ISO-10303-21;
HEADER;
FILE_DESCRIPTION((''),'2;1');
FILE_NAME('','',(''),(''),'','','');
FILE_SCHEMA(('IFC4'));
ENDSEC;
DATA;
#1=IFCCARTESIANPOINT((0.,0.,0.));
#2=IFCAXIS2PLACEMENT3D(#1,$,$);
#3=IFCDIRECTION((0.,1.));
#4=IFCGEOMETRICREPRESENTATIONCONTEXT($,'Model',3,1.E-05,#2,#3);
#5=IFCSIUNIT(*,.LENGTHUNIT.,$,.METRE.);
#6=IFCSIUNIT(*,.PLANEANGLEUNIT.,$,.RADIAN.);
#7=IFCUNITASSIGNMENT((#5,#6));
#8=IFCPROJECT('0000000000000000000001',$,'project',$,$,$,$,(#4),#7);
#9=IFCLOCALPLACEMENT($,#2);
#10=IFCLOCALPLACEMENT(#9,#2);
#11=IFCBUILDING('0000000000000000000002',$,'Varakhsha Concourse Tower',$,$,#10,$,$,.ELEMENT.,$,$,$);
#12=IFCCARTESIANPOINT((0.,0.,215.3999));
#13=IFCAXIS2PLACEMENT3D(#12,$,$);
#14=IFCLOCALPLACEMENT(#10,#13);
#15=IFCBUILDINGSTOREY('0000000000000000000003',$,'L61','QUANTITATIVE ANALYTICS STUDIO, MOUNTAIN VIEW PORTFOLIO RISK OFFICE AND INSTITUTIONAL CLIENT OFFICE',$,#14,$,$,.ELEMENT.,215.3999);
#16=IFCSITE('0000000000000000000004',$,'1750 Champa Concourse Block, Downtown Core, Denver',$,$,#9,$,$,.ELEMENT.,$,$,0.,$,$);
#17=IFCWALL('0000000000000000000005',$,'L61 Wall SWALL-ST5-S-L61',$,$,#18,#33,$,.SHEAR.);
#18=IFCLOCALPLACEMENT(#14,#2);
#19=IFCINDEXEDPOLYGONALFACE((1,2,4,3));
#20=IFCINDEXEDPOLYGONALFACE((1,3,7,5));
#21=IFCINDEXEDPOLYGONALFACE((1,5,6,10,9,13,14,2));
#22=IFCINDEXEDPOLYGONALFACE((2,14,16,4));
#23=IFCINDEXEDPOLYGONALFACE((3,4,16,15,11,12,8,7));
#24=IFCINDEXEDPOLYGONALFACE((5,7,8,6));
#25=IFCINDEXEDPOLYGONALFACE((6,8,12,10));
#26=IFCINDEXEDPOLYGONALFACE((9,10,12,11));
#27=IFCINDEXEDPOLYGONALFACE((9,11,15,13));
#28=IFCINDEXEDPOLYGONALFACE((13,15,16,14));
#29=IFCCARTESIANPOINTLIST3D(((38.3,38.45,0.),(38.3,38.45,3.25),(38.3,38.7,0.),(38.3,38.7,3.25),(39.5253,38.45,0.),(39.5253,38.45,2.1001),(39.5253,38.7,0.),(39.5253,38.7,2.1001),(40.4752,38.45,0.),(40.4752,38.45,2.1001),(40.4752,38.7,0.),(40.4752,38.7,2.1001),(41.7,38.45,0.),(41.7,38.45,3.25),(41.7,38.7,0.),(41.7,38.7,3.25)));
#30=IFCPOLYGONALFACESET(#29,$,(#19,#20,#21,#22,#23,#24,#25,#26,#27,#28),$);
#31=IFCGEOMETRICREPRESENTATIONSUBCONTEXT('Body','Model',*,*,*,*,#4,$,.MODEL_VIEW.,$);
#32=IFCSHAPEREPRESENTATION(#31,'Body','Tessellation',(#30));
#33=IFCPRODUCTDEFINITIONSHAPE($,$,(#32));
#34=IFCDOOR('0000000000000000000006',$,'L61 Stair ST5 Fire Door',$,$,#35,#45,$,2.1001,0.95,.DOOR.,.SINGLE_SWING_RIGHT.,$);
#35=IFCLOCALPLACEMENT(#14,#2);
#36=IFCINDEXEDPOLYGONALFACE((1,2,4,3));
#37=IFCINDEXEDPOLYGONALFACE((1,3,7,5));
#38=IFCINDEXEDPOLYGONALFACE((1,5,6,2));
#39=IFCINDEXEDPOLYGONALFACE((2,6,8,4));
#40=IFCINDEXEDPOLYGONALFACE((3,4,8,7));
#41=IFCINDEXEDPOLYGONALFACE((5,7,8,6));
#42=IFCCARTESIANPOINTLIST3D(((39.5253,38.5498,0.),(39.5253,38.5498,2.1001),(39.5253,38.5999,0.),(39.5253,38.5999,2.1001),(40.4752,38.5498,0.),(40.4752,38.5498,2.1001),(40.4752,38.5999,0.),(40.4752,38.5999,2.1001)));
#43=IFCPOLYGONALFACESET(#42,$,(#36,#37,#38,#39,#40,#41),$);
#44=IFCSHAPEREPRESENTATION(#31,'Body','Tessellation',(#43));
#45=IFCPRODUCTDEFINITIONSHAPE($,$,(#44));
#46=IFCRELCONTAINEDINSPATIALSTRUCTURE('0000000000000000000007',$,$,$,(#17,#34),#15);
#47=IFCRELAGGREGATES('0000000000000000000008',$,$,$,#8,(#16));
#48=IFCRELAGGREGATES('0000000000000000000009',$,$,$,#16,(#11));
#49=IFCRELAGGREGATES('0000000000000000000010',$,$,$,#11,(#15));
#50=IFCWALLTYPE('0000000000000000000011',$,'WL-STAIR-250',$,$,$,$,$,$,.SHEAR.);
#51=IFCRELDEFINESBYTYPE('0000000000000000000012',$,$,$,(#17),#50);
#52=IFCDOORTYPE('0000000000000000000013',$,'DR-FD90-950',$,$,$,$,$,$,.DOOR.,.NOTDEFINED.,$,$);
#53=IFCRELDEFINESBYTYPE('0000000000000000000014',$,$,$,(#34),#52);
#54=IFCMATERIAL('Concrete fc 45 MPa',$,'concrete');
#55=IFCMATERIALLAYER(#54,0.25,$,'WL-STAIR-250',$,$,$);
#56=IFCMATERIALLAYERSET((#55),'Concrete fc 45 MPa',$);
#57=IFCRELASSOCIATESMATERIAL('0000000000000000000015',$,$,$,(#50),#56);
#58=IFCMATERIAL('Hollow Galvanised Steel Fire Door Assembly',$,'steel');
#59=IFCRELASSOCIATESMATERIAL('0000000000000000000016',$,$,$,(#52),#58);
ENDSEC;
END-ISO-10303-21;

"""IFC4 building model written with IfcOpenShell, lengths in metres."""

from ifc_helpers import new_model, si_unit, direction, frame, frame_2d, origin, place, context, subcontext, project, spatial, rectangle, extrude, material, layer, layer_set, type_object, element, fill, save


model = new_model("IFC4")

# Units and contexts
model_context = context("Model", 3, precision=1e-05, world=origin(), true_north=direction((0.0, 1.0)))
body_context = subcontext(model_context, "Body", "Model", "MODEL_VIEW")
ifc_project = project(units=[si_unit("LENGTHUNIT", "METRE"), si_unit("PLANEANGLEUNIT", "RADIAN")], contexts=[model_context])

# Site, building, storey
site_placement = place(None, origin())
site = spatial("IfcSite", under=ifc_project, at=site_placement, Name="1750 Champa Concourse Block, Downtown Core, Denver", CompositionType="ELEMENT", RefElevation=0.0)
building_placement = place(site_placement, origin())
building = spatial("IfcBuilding", under=site, at=building_placement, Name="Varakhsha Concourse Tower", CompositionType="ELEMENT")
storey_placement = place(building_placement, frame((0.0, 0.0, 215.3999)))
storey = spatial("IfcBuildingStorey", under=building, at=storey_placement, Name="L61", Description="QUANTITATIVE ANALYTICS STUDIO, MOUNTAIN VIEW PORTFOLIO RISK OFFICE AND INSTITUTIONAL CLIENT OFFICE", CompositionType="ELEMENT", Elevation=215.3999)

# Shared definitions
ifc_material_1 = material(Name="Hollow Galvanised Steel Fire Door Assembly", Category="steel")

# Shared definitions
ifc_material_2 = material(Name="Concrete fc 45 MPa", Category="concrete")
ifc_layer_1 = layer(ifc_material_2, 0.25, Name="WL-STAIR-250")
ifc_layer_set_1 = layer_set([ifc_layer_1], Name="Concrete fc 45 MPa")
wall_type_1 = type_object("IfcWallType", Name="WL-STAIR-250", PredefinedType="SHEAR", material=ifc_layer_set_1)

# Wall, opening, door
wall_1_placement = place(storey_placement, frame((38.3, 38.575, 0.0), z_axis=(0.0, 0.0, 1.0), x_axis=(1.0, 0.0, 0.0)))
wall_1 = element("IfcWall", 1, at=wall_1_placement, inside=storey, type_object=wall_type_1, Name="L61 Wall SWALL-ST5-S-L61", PredefinedType="SHEAR", context=body_context, shape_type="SweptSolid", body=[
    extrude(rectangle(XDim=3.3999, YDim=0.25, at=frame_2d((1.7, 0.0))), origin(), (0.0, 0.0, 1.0), 3.25),
])
opening_1_placement = place(wall_1_placement, frame((1.2251, 0.0, 0.0)))
opening_1 = element("IfcOpeningElement", 2, at=opening_1_placement, cuts=wall_1, PredefinedType="OPENING", context=body_context, shape_type="SweptSolid", body=[
    extrude(rectangle(XDim=0.95, YDim=2.1001, at=frame_2d((0.4751, 1.05))), frame((0.0, 0.135, 0.0), z_axis=(0.0, -1.0, 0.0), x_axis=(1.0, 0.0, 0.0)), (0.0, 0.0, 1.0), 0.27),
])
door_type_1 = type_object("IfcDoorType", Name="DR-FD90-950", OperationType="NOTDEFINED", PredefinedType="DOOR", material=ifc_material_1)
door_1_placement = place(opening_1_placement, origin())
door_1 = element("IfcDoor", 3, at=door_1_placement, inside=storey, type_object=door_type_1, Name="L61 Stair ST5 Fire Door", OperationType="SINGLE_SWING_RIGHT", OverallHeight=2.1001, OverallWidth=0.95, PredefinedType="DOOR", context=body_context, shape_type="SweptSolid", body=[
    extrude(rectangle(XDim=0.95, YDim=2.1001, at=frame_2d((0.4751, 1.05))), frame((0.0, 0.0249, 0.0), z_axis=(0.0, -1.0, 0.0), x_axis=(1.0, 0.0, 0.0)), (0.0, 0.0, 1.0), 0.05),
])
fill(opening_1, door_1)

save(model, "model.ifc")
